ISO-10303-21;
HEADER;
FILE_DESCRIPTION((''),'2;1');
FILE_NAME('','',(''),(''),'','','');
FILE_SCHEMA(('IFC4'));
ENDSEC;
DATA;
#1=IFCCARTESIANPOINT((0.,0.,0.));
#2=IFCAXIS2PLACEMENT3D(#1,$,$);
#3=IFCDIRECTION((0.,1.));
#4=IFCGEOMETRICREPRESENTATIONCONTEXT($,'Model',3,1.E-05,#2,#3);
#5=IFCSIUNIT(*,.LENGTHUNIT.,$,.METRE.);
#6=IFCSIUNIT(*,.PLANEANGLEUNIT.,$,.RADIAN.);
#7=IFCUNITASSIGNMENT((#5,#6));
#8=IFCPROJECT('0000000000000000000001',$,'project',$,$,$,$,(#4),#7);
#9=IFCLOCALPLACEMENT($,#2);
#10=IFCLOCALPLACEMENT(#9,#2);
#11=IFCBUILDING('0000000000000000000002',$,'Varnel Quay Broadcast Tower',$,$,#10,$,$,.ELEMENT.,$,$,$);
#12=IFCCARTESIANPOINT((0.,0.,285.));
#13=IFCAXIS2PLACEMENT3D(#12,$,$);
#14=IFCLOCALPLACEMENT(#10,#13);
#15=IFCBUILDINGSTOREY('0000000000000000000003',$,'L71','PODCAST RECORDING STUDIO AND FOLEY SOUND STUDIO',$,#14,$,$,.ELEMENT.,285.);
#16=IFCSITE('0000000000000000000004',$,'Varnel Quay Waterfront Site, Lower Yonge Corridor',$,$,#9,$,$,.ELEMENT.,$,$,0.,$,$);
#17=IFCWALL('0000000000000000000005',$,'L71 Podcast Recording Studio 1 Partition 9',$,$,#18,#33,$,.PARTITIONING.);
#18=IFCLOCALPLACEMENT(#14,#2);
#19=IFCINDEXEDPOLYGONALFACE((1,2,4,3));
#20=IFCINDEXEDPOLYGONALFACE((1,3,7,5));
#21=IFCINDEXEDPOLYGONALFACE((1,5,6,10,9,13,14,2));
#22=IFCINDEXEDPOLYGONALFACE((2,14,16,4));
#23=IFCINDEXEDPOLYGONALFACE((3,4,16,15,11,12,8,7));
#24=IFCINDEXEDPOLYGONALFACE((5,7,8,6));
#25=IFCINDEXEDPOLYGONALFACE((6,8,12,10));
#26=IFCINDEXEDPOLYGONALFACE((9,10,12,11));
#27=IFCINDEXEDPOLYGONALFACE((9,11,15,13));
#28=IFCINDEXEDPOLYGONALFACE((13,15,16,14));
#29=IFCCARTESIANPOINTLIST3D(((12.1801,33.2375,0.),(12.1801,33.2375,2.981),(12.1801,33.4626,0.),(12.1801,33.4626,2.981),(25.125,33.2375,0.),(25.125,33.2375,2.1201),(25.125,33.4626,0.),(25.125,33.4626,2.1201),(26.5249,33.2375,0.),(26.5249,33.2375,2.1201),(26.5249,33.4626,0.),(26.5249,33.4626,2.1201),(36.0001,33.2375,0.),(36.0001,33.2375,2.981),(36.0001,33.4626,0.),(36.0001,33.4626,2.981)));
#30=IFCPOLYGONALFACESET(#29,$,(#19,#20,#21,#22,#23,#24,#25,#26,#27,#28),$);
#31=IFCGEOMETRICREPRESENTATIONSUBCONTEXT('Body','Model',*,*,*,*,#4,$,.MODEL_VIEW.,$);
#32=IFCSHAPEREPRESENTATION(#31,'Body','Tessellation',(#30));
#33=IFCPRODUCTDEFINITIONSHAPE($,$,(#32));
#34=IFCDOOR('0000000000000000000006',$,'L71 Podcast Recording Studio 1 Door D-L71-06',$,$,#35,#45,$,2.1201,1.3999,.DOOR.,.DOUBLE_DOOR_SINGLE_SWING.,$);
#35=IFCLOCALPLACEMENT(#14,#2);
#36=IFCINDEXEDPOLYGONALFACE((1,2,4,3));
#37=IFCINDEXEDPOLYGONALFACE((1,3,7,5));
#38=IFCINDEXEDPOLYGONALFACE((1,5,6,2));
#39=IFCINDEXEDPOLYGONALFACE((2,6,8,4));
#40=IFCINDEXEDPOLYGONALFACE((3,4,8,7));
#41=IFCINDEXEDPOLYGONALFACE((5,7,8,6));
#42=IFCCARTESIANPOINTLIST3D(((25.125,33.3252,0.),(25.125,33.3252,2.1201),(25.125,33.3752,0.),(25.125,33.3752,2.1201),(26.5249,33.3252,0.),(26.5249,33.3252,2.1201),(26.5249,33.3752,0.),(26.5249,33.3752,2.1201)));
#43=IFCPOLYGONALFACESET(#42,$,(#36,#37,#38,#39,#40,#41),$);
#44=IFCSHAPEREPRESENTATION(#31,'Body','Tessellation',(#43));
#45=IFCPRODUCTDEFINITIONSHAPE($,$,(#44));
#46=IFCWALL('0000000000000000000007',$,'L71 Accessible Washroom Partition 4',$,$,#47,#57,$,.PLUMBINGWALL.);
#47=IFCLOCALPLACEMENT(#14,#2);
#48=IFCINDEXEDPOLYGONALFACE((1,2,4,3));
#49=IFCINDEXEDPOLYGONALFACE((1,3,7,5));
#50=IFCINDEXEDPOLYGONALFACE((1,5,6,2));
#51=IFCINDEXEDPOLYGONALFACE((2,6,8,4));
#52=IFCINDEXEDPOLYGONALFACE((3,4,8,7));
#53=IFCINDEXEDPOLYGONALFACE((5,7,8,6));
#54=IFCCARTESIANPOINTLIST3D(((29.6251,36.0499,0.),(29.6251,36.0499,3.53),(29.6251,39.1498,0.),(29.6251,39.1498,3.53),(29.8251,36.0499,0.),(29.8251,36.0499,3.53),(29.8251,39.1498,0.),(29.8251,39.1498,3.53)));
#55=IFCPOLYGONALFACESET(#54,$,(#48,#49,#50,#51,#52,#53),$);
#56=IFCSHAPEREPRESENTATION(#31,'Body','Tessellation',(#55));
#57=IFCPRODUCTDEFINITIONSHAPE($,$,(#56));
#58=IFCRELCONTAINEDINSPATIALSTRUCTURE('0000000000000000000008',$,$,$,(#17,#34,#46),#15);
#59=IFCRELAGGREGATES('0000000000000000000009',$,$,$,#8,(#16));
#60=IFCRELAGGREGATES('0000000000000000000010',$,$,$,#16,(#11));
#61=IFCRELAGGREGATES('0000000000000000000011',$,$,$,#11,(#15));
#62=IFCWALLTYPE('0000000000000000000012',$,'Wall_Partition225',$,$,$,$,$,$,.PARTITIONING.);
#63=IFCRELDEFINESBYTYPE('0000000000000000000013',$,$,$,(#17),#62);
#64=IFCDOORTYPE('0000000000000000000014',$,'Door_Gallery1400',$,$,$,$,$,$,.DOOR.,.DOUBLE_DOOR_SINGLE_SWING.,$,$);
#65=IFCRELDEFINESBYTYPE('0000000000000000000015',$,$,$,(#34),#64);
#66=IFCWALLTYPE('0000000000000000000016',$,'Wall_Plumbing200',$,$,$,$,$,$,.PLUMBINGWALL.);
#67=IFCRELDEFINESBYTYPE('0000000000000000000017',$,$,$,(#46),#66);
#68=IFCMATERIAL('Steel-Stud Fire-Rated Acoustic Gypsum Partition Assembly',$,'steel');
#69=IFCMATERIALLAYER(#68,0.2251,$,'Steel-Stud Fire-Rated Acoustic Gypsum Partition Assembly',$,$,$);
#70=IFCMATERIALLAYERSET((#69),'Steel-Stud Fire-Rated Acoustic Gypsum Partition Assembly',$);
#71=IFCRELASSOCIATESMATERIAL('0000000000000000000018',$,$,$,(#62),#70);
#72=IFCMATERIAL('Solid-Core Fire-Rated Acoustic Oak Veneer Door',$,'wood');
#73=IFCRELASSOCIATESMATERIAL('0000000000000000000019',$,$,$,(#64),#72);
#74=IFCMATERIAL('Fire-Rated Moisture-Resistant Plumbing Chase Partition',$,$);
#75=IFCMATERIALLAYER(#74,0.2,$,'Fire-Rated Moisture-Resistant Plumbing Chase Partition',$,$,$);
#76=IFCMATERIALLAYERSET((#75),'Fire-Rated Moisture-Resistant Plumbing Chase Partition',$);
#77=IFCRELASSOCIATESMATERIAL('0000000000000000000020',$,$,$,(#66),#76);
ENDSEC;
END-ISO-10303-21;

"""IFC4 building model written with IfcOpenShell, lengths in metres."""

from ifc_helpers import new_model, si_unit, direction, frame, frame_2d, origin, place, context, subcontext, project, spatial, rectangle, extrude, source, transform, mapped, material, layer, layer_set, type_object, type_shapes, element, fill, save


model = new_model("IFC4")

# Units and contexts
model_context = context("Model", 3, precision=1e-05, world=origin(), true_north=direction((0.0, 1.0)))
body_context = subcontext(model_context, "Body", "Model", "MODEL_VIEW")
ifc_project = project(units=[si_unit("LENGTHUNIT", "METRE"), si_unit("PLANEANGLEUNIT", "RADIAN")], contexts=[model_context])

# Site, building, storey
site_placement = place(None, origin())
site = spatial("IfcSite", under=ifc_project, at=site_placement, Name="Varnel Quay Waterfront Site, Lower Yonge Corridor", CompositionType="ELEMENT", RefElevation=0.0)
building_placement = place(site_placement, origin())
building = spatial("IfcBuilding", under=site, at=building_placement, Name="Varnel Quay Broadcast Tower", CompositionType="ELEMENT")
storey_placement = place(building_placement, frame((0.0, 0.0, 285.0)))
storey = spatial("IfcBuildingStorey", under=building, at=storey_placement, Name="L71", Description="PODCAST RECORDING STUDIO AND FOLEY SOUND STUDIO", CompositionType="ELEMENT", Elevation=285.0)

# Wall, opening, door
ifc_material_1 = material(Name="Steel-Stud Fire-Rated Acoustic Gypsum Partition Assembly", Category="steel")
ifc_layer_1 = layer(ifc_material_1, 0.2251, Name="Steel-Stud Fire-Rated Acoustic Gypsum Partition Assembly")
ifc_layer_set_1 = layer_set([ifc_layer_1], Name="Steel-Stud Fire-Rated Acoustic Gypsum Partition Assembly")
wall_type_1 = type_object("IfcWallType", Name="Wall_Partition225", PredefinedType="PARTITIONING", material=ifc_layer_set_1)
wall_1_placement = place(storey_placement, frame((12.1799, 33.3501, 0.0), z_axis=(0.0, 0.0, 1.0), x_axis=(1.0, 0.0, 0.0)))
wall_1 = element("IfcWall", 1, at=wall_1_placement, inside=storey, type_object=wall_type_1, Name="L71 Podcast Recording Studio 1 Partition 9", PredefinedType="PARTITIONING", context=body_context, shape_type="SweptSolid", body=[
    extrude(rectangle(XDim=23.8201, YDim=0.2251, at=frame_2d((11.9102, 0.0))), origin(), (0.0, 0.0, 1.0), 2.981),
])
opening_1_placement = place(wall_1_placement, frame((12.9451, 0.0, 0.0)))
opening_1 = element("IfcOpeningElement", 2, at=opening_1_placement, cuts=wall_1, PredefinedType="OPENING", context=body_context, shape_type="SweptSolid", body=[
    extrude(rectangle(XDim=1.3999, YDim=2.1201, at=frame_2d((0.7, 1.0601))), frame((0.0, 0.1226, 0.0), z_axis=(0.0, -1.0, 0.0), x_axis=(1.0, 0.0, 0.0)), (0.0, 0.0, 1.0), 0.2451),
])
ifc_material_2 = material(Name="Solid-Core Fire-Rated Acoustic Oak Veneer Door", Category="wood")
door_type_1 = type_object("IfcDoorType", Name="Door_Gallery1400", OperationType="DOUBLE_DOOR_SINGLE_SWING", PredefinedType="DOOR", material=ifc_material_2)
shared_shape_1 = source(origin(), body_context, "Body", "SweptSolid", [
    extrude(rectangle(XDim=1.3999, YDim=2.1201, at=frame_2d((0.7, 1.0601))), frame((0.0, 0.0249, 0.0), z_axis=(0.0, -1.0, 0.0), x_axis=(1.0, 0.0, 0.0)), (0.0, 0.0, 1.0), 0.05),
])
type_shapes(door_type_1, [shared_shape_1])
door_1_placement = place(opening_1_placement, frame((1.3999, 0.0, 0.0), z_axis=(0.0, 0.0, 1.0), x_axis=(-1.0, 0.0, 0.0)))
door_1 = element("IfcDoor", 3, at=door_1_placement, inside=storey, type_object=door_type_1, Name="L71 Podcast Recording Studio 1 Door D-L71-06", OperationType="DOUBLE_DOOR_SINGLE_SWING", OverallHeight=2.1201, OverallWidth=1.3999, PredefinedType="DOOR", context=body_context, shape_type="MappedRepresentation", body=[
    mapped(shared_shape_1, transform((0.0, 0.0, 0.0), x_axis=(1.0, 0.0, 0.0), y_axis=(0.0, 1.0, 0.0), z_axis=(0.0, 0.0, 1.0), scale=1.0)),
])
fill(opening_1, door_1)

# Wall
ifc_material_3 = material(Name="Fire-Rated Moisture-Resistant Plumbing Chase Partition")
ifc_layer_2 = layer(ifc_material_3, 0.2, Name="Fire-Rated Moisture-Resistant Plumbing Chase Partition")
ifc_layer_set_2 = layer_set([ifc_layer_2], Name="Fire-Rated Moisture-Resistant Plumbing Chase Partition")
wall_type_2 = type_object("IfcWallType", Name="Wall_Plumbing200", PredefinedType="PLUMBINGWALL", material=ifc_layer_set_2)
wall_2_placement = place(storey_placement, frame((29.7251, 36.05, 0.0), z_axis=(0.0, 0.0, 1.0), x_axis=(0.0, 1.0, 0.0)))
element("IfcWall", 4, at=wall_2_placement, inside=storey, type_object=wall_type_2, Name="L71 Accessible Washroom Partition 4", PredefinedType="PLUMBINGWALL", context=body_context, shape_type="SweptSolid", body=[
    extrude(rectangle(XDim=3.0999, YDim=0.2, at=frame_2d((1.5498, 0.0))), origin(), (0.0, 0.0, 1.0), 3.53),
])

save(model, "model.ifc")
